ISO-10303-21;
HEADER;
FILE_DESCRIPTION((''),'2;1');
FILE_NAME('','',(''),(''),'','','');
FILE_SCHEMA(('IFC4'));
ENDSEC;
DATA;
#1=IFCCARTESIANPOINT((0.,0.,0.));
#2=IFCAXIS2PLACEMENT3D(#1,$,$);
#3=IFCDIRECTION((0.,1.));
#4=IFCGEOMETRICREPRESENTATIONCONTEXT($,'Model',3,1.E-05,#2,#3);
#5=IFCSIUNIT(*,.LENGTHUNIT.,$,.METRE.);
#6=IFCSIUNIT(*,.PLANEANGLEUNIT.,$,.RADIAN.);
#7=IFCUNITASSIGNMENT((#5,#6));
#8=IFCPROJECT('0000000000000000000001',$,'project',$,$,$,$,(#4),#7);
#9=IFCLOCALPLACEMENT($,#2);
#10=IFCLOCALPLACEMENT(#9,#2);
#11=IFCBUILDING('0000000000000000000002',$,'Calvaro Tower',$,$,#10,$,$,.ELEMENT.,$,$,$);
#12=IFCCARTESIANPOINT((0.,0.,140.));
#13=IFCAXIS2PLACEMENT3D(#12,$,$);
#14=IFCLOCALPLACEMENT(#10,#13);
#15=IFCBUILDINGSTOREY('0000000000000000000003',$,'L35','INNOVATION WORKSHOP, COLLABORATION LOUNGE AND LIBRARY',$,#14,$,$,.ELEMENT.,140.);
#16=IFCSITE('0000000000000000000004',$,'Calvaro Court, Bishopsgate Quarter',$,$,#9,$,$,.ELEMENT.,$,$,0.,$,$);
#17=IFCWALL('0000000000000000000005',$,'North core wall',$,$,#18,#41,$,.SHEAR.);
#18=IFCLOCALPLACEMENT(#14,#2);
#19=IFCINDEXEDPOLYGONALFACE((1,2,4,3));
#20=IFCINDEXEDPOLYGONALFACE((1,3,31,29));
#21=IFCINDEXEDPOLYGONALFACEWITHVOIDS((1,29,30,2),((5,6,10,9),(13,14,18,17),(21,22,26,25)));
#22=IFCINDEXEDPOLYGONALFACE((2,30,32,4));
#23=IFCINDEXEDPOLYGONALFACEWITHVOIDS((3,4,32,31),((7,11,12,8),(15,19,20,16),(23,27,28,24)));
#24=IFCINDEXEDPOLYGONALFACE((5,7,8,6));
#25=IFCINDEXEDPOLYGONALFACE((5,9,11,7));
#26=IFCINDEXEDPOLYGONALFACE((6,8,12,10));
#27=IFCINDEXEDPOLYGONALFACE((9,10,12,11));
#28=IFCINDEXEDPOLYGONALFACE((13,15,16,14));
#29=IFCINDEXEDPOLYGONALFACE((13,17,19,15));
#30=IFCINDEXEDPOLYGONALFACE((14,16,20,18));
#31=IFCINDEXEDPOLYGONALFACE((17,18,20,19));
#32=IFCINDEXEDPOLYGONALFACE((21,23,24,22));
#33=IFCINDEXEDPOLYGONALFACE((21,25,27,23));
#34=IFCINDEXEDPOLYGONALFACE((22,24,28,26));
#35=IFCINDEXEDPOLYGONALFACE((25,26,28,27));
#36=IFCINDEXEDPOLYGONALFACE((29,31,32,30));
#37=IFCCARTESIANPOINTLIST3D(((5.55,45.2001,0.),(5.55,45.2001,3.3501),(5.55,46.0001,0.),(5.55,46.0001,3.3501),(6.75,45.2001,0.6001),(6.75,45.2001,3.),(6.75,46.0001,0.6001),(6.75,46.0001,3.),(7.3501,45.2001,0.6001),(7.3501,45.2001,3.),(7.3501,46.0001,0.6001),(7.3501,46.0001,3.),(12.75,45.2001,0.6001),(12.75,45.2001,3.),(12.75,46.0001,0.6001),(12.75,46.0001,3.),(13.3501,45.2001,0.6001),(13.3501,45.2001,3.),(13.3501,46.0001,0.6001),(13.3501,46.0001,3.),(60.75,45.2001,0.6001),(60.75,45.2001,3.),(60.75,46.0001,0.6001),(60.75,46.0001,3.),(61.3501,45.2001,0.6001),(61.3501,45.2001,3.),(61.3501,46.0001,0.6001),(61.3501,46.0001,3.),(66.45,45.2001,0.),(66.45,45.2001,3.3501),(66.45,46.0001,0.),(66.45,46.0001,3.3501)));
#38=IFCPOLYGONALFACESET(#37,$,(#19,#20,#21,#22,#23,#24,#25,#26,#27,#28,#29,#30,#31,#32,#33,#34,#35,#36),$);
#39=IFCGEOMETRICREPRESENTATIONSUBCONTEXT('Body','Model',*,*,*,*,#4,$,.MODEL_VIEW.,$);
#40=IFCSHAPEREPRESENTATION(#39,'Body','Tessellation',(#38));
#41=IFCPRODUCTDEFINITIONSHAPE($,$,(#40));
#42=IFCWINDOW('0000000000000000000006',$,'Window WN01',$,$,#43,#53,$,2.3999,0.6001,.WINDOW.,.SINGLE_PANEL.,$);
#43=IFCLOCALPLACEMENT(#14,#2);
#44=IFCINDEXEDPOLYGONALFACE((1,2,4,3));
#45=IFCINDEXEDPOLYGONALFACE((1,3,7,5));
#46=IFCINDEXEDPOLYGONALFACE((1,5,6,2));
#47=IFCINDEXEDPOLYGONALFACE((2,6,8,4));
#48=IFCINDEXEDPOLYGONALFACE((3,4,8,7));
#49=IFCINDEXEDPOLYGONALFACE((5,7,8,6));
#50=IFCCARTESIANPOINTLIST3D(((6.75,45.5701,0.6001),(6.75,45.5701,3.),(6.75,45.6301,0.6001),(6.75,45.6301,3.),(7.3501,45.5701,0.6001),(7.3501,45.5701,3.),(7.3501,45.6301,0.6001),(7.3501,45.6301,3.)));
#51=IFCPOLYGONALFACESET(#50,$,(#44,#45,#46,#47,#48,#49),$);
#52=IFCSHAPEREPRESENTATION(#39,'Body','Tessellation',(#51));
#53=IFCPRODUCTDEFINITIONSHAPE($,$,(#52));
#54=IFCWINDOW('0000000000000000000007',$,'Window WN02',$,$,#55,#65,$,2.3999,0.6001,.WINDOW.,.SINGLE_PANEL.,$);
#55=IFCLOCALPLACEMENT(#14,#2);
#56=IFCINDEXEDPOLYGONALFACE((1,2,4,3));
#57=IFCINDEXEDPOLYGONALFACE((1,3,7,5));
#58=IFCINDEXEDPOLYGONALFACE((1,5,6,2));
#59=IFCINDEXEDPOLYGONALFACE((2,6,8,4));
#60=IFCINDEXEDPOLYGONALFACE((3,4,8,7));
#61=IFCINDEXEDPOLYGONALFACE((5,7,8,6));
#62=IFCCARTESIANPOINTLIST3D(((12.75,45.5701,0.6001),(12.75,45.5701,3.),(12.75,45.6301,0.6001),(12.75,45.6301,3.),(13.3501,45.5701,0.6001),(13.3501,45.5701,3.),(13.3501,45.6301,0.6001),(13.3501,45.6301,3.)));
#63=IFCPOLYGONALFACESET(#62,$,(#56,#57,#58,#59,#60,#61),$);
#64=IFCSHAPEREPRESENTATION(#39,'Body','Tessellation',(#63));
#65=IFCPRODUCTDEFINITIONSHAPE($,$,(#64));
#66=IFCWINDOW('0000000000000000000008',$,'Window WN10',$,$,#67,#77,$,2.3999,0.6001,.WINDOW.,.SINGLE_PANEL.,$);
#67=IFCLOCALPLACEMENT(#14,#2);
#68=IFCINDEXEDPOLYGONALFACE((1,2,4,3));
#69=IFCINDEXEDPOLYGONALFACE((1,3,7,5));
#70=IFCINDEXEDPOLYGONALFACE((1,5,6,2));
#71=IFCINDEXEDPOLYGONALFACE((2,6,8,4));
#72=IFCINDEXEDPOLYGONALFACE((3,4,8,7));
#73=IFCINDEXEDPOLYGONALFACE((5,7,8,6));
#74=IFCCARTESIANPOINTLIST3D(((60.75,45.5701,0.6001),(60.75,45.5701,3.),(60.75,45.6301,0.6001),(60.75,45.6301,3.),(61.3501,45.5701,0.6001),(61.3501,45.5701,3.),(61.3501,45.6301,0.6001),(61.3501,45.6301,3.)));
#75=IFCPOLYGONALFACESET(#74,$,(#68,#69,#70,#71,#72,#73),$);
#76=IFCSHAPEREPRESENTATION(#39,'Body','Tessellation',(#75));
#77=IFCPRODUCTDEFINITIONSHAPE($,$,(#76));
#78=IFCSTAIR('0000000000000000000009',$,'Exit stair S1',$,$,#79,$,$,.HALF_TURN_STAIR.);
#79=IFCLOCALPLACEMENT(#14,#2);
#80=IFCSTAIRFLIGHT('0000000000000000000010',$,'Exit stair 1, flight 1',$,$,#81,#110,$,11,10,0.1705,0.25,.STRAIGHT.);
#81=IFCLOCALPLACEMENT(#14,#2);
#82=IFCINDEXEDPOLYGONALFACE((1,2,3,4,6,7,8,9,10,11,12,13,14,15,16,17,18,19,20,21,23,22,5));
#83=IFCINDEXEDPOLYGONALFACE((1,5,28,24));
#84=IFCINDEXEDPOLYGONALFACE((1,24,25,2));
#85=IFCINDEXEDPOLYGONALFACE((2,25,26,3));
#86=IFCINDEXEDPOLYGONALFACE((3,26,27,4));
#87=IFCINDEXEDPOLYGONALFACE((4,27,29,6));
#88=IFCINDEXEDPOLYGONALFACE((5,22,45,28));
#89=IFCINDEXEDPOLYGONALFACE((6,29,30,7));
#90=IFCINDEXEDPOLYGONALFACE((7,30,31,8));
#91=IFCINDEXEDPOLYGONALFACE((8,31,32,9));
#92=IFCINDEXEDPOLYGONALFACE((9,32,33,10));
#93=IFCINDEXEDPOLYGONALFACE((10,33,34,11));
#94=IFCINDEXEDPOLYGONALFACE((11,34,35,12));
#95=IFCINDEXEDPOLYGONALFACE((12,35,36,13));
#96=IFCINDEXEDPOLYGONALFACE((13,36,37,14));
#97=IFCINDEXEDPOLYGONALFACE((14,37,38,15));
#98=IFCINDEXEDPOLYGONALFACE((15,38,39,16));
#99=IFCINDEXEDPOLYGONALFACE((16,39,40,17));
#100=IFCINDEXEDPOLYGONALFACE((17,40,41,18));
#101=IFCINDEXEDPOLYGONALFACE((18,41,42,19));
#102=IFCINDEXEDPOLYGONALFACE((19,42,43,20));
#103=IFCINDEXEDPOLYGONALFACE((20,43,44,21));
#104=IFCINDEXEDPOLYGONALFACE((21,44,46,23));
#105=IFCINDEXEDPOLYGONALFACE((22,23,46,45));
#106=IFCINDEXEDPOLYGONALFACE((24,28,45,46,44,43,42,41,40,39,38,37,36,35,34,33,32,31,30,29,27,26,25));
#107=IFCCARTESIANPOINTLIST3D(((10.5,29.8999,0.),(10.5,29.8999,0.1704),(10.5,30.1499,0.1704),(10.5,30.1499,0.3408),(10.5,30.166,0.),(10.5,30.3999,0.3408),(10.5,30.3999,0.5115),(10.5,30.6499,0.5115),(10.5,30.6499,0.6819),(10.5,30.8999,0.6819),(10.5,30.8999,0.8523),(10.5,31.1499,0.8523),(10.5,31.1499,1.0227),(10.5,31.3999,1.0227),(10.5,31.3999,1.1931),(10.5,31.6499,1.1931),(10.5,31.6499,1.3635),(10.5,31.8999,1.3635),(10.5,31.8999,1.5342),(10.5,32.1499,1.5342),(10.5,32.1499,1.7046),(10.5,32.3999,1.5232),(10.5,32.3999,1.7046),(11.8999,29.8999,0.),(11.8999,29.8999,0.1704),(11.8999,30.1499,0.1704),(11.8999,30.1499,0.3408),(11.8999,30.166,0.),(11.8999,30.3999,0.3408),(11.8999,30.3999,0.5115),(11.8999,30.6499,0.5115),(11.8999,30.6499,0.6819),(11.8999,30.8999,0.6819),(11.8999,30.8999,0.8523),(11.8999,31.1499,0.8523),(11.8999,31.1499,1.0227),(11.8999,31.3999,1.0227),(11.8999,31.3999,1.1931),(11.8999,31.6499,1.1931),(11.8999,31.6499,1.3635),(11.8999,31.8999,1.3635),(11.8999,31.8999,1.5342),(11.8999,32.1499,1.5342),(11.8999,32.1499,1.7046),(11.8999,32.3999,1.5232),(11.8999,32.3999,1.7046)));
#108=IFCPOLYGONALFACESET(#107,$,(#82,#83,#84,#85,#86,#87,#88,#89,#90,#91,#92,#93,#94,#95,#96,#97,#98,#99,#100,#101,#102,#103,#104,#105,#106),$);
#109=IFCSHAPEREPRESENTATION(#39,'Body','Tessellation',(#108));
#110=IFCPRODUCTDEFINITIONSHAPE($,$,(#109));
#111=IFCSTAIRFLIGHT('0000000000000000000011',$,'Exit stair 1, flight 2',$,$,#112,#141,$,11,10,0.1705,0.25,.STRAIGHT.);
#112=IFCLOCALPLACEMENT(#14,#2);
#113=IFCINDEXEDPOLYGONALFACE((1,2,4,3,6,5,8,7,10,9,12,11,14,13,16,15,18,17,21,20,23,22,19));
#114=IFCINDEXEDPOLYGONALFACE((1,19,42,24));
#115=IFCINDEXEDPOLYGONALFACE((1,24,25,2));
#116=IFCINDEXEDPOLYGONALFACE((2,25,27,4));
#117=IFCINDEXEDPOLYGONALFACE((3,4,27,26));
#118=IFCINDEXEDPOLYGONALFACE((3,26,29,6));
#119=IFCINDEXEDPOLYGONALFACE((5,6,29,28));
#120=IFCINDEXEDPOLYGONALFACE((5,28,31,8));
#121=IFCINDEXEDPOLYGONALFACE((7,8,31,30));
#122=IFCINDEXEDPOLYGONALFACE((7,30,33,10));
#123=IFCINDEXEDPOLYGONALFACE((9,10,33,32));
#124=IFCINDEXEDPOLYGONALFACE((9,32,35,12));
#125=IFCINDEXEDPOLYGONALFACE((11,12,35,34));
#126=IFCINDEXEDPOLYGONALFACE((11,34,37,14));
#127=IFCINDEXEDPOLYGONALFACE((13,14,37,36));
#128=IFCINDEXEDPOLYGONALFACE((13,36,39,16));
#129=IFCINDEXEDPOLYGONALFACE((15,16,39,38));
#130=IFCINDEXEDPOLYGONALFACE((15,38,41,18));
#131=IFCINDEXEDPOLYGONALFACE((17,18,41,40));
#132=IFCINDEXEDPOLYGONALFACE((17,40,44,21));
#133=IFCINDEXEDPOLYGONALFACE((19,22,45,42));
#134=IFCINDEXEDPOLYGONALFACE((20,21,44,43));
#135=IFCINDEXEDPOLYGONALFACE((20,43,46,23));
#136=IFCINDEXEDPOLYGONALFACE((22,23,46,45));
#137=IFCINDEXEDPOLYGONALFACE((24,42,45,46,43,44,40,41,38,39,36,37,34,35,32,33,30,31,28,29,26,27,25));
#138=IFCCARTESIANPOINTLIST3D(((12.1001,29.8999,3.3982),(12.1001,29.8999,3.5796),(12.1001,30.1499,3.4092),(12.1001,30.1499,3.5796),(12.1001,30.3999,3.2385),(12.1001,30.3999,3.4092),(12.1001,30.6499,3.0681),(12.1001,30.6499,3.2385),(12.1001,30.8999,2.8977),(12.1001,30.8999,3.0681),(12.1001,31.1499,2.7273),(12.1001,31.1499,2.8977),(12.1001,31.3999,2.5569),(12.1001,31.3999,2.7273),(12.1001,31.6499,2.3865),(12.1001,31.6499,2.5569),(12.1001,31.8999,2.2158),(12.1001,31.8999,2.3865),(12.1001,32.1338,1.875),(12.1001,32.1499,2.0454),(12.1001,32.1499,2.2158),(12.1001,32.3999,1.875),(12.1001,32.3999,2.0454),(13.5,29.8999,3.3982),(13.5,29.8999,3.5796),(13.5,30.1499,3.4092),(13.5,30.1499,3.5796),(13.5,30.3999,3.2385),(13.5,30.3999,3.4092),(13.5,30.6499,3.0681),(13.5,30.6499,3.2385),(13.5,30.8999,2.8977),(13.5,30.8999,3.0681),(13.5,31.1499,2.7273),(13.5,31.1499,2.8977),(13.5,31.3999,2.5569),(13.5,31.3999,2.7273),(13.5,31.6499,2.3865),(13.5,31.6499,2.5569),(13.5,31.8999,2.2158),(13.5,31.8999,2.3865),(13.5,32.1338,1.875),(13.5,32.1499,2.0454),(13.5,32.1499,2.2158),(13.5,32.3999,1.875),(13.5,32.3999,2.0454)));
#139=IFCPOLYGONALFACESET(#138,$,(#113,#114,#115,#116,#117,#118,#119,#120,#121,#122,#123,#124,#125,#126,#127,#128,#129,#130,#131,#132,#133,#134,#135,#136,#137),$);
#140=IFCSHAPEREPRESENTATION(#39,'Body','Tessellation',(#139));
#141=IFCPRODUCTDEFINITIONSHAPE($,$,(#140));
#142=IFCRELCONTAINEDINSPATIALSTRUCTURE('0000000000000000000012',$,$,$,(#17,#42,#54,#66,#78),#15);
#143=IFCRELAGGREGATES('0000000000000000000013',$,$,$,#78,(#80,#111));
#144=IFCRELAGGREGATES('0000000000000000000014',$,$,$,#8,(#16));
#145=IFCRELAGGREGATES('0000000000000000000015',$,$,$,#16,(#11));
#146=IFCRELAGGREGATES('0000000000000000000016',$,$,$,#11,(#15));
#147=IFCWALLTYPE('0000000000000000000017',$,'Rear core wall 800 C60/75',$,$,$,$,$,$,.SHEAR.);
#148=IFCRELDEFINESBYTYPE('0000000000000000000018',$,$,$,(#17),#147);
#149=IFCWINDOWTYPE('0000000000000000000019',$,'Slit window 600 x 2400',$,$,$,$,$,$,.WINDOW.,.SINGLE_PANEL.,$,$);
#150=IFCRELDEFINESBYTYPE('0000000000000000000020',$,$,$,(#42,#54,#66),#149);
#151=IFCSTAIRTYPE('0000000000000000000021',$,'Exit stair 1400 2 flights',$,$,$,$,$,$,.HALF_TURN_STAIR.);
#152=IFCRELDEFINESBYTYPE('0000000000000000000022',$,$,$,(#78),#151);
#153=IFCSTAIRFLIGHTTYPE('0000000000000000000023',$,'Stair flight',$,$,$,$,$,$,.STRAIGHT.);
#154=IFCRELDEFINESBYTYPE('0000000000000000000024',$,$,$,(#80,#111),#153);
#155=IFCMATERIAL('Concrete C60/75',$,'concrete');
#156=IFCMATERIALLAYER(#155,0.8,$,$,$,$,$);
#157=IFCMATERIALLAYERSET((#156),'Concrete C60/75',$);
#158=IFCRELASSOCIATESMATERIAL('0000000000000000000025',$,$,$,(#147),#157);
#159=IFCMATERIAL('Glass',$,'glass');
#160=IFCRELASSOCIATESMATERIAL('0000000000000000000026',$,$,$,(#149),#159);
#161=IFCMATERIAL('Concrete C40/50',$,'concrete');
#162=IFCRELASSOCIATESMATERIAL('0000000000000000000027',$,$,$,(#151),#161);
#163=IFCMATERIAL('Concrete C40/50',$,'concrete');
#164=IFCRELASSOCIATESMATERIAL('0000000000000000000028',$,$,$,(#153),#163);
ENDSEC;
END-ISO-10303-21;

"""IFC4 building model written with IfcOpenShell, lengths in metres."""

from ifc_helpers import new_model, si_unit, direction, frame, frame_2d, origin, place, context, subcontext, project, spatial, polyline, rectangle, outline, extrude, material, layer, layer_set, type_object, element, fill, aggregate, save


model = new_model("IFC4")

# Units and contexts
model_context = context("Model", 3, precision=1e-05, world=origin(), true_north=direction((0.0, 1.0)))
body_context = subcontext(model_context, "Body", "Model", "MODEL_VIEW")
ifc_project = project(units=[si_unit("LENGTHUNIT", "METRE"), si_unit("PLANEANGLEUNIT", "RADIAN")], contexts=[model_context])

# Site, building, storey
site_placement = place(None, origin())
site = spatial("IfcSite", under=ifc_project, at=site_placement, Name="Calvaro Court, Bishopsgate Quarter", CompositionType="ELEMENT", RefElevation=0.0)
building_placement = place(site_placement, origin())
building = spatial("IfcBuilding", under=site, at=building_placement, Name="Calvaro Tower", CompositionType="ELEMENT")
storey_placement = place(building_placement, frame((0.0, 0.0, 140.0)))
storey = spatial("IfcBuildingStorey", under=building, at=storey_placement, Name="L35", Description="INNOVATION WORKSHOP, COLLABORATION LOUNGE AND LIBRARY", CompositionType="ELEMENT", Elevation=140.0)

# Wall, openings, windows
ifc_material_1 = material(Name="Concrete C60/75", Category="concrete")
ifc_layer_1 = layer(ifc_material_1, 0.8)
ifc_layer_set_1 = layer_set([ifc_layer_1], Name="Concrete C60/75")
wall_type_1 = type_object("IfcWallType", Name="Rear core wall 800 C60/75", PredefinedType="SHEAR", material=ifc_layer_set_1)
wall_1_placement = place(storey_placement, frame((5.55, 45.6001, 0.0), z_axis=(0.0, 0.0, 1.0), x_axis=(1.0, 0.0, 0.0)))
wall_1 = element("IfcWall", 1, at=wall_1_placement, inside=storey, type_object=wall_type_1, Name="North core wall", PredefinedType="SHEAR", context=body_context, shape_type="SweptSolid", body=[
    extrude(rectangle(XDim=60.8999, YDim=0.8, at=frame_2d((30.45, 0.0))), origin(), (0.0, 0.0, 1.0), 3.3501),
])
opening_1_placement = place(wall_1_placement, frame((1.2, 0.0, 0.6001)))
opening_1 = element("IfcOpeningElement", 2, at=opening_1_placement, cuts=wall_1, PredefinedType="OPENING", context=body_context, shape_type="SweptSolid", body=[
    extrude(rectangle(XDim=0.6001, YDim=2.3999, at=frame_2d((0.3, 1.2))), frame((0.0, 0.4099, 0.0), z_axis=(0.0, -1.0, 0.0), x_axis=(1.0, 0.0, 0.0)), (0.0, 0.0, 1.0), 0.8201),
])
opening_2_placement = place(wall_1_placement, frame((7.2, 0.0, 0.6001)))
opening_2 = element("IfcOpeningElement", 3, at=opening_2_placement, cuts=wall_1, PredefinedType="OPENING", context=body_context, shape_type="SweptSolid", body=[
    extrude(rectangle(XDim=0.6001, YDim=2.3999, at=frame_2d((0.3, 1.2))), frame((0.0, 0.4099, 0.0), z_axis=(0.0, -1.0, 0.0), x_axis=(1.0, 0.0, 0.0)), (0.0, 0.0, 1.0), 0.8201),
])
opening_3_placement = place(wall_1_placement, frame((55.2, 0.0, 0.6001)))
opening_3 = element("IfcOpeningElement", 4, at=opening_3_placement, cuts=wall_1, PredefinedType="OPENING", context=body_context, shape_type="SweptSolid", body=[
    extrude(rectangle(XDim=0.6001, YDim=2.3999, at=frame_2d((0.3, 1.2))), frame((0.0, 0.4099, 0.0), z_axis=(0.0, -1.0, 0.0), x_axis=(1.0, 0.0, 0.0)), (0.0, 0.0, 1.0), 0.8201),
])
ifc_material_2 = material(Name="Glass", Category="glass")
window_type = type_object("IfcWindowType", Name="Slit window 600 x 2400", PartitioningType="SINGLE_PANEL", PredefinedType="WINDOW", material=ifc_material_2)
window_1_placement = place(opening_1_placement, origin())
window_1 = element("IfcWindow", 5, at=window_1_placement, inside=storey, type_object=window_type, Name="Window WN01", OverallHeight=2.3999, OverallWidth=0.6001, PartitioningType="SINGLE_PANEL", PredefinedType="WINDOW", context=body_context, shape_type="SweptSolid", body=[
    extrude(rectangle(XDim=0.6001, YDim=2.3999, at=frame_2d((0.3, 1.2))), frame((0.0, 0.03, 0.0), z_axis=(0.0, -1.0, 0.0), x_axis=(1.0, 0.0, 0.0)), (0.0, 0.0, 1.0), 0.0601),
])
fill(opening_1, window_1)
window_2_placement = place(opening_2_placement, origin())
window_2 = element("IfcWindow", 6, at=window_2_placement, inside=storey, type_object=window_type, Name="Window WN02", OverallHeight=2.3999, OverallWidth=0.6001, PartitioningType="SINGLE_PANEL", PredefinedType="WINDOW", context=body_context, shape_type="SweptSolid", body=[
    extrude(rectangle(XDim=0.6001, YDim=2.3999, at=frame_2d((0.3, 1.2))), frame((0.0, 0.03, 0.0), z_axis=(0.0, -1.0, 0.0), x_axis=(1.0, 0.0, 0.0)), (0.0, 0.0, 1.0), 0.0601),
])
fill(opening_2, window_2)
window_3_placement = place(opening_3_placement, origin())
window_3 = element("IfcWindow", 7, at=window_3_placement, inside=storey, type_object=window_type, Name="Window WN10", OverallHeight=2.3999, OverallWidth=0.6001, PartitioningType="SINGLE_PANEL", PredefinedType="WINDOW", context=body_context, shape_type="SweptSolid", body=[
    extrude(rectangle(XDim=0.6001, YDim=2.3999, at=frame_2d((0.3, 1.2))), frame((0.0, 0.03, 0.0), z_axis=(0.0, -1.0, 0.0), x_axis=(1.0, 0.0, 0.0)), (0.0, 0.0, 1.0), 0.0601),
])
fill(opening_3, window_3)

# Stair, stair flights
ifc_material_3 = material(Name="Concrete C40/50", Category="concrete")
stair_type = type_object("IfcStairType", Name="Exit stair 1400 2 flights", PredefinedType="HALF_TURN_STAIR", material=ifc_material_3)
stair_placement = place(storey_placement, origin())
stair = element("IfcStair", 8, at=stair_placement, inside=storey, type_object=stair_type, Name="Exit stair S1", PredefinedType="HALF_TURN_STAIR")
ifc_material_4 = material(Name="Concrete C40/50", Category="concrete")
stair_flight_type = type_object("IfcStairFlightType", Name="Stair flight", PredefinedType="STRAIGHT", material=ifc_material_4)
stair_flight_1_placement = place(storey_placement, frame((11.2, 29.8999, 0.0), z_axis=(0.0, 0.0, 1.0), x_axis=(0.0, 1.0, 0.0)))
stair_flight_1 = element("IfcStairFlight", 9, at=stair_flight_1_placement, type_object=stair_flight_type, Name="Exit stair 1, flight 1", NumberOfRisers=11, NumberOfTreads=10, PredefinedType="STRAIGHT", RiserHeight=0.1705, TreadLength=0.25, context=body_context, shape_type="SweptSolid", body=[
    extrude(outline(polyline([(0.0, 0.0), (0.0, 0.1704), (0.25, 0.1704), (0.25, 0.3408), (0.5, 0.3408), (0.5, 0.5115), (0.75, 0.5115), (0.75, 0.6819), (1.0, 0.6819), (1.0, 0.8523), (1.25, 0.8523), (1.25, 1.0227), (1.5, 1.0227), (1.5, 1.1931), (1.75, 1.1931), (1.75, 1.3635), (2.0, 1.3635), (2.0, 1.5342), (2.25, 1.5342), (2.25, 1.7046), (2.5, 1.7046), (2.5, 1.875), (2.5, 1.5232), (0.2661, 0.0), (0.0, 0.0)])), frame((0.0, 0.7, 0.0), z_axis=(0.0, -1.0, 0.0), x_axis=(1.0, 0.0, 0.0)), (0.0, 0.0, 1.0), 1.3999),
])
stair_flight_2_placement = place(storey_placement, frame((12.8, 32.3999, 1.875), z_axis=(0.0, 0.0, 1.0), x_axis=(0.0, -1.0, 0.0)))
stair_flight_2 = element("IfcStairFlight", 10, at=stair_flight_2_placement, type_object=stair_flight_type, Name="Exit stair 1, flight 2", NumberOfRisers=11, NumberOfTreads=10, PredefinedType="STRAIGHT", RiserHeight=0.1705, TreadLength=0.25, context=body_context, shape_type="SweptSolid", body=[
    extrude(outline(polyline([(0.0, 0.0), (0.0, 0.1704), (0.25, 0.1704), (0.25, 0.3408), (0.5, 0.3408), (0.5, 0.5115), (0.75, 0.5115), (0.75, 0.6819), (1.0, 0.6819), (1.0, 0.8523), (1.25, 0.8523), (1.25, 1.0227), (1.5, 1.0227), (1.5, 1.1931), (1.75, 1.1931), (1.75, 1.3635), (2.0, 1.3635), (2.0, 1.5342), (2.25, 1.5342), (2.25, 1.7046), (2.5, 1.7046), (2.5, 1.875), (2.5, 1.5232), (0.2661, 0.0), (0.0, 0.0)])), frame((0.0, 0.7, 0.0), z_axis=(0.0, -1.0, 0.0), x_axis=(1.0, 0.0, 0.0)), (0.0, 0.0, 1.0), 1.3999),
])
aggregate(stair, [stair_flight_1, stair_flight_2])

save(model, "model.ifc")
